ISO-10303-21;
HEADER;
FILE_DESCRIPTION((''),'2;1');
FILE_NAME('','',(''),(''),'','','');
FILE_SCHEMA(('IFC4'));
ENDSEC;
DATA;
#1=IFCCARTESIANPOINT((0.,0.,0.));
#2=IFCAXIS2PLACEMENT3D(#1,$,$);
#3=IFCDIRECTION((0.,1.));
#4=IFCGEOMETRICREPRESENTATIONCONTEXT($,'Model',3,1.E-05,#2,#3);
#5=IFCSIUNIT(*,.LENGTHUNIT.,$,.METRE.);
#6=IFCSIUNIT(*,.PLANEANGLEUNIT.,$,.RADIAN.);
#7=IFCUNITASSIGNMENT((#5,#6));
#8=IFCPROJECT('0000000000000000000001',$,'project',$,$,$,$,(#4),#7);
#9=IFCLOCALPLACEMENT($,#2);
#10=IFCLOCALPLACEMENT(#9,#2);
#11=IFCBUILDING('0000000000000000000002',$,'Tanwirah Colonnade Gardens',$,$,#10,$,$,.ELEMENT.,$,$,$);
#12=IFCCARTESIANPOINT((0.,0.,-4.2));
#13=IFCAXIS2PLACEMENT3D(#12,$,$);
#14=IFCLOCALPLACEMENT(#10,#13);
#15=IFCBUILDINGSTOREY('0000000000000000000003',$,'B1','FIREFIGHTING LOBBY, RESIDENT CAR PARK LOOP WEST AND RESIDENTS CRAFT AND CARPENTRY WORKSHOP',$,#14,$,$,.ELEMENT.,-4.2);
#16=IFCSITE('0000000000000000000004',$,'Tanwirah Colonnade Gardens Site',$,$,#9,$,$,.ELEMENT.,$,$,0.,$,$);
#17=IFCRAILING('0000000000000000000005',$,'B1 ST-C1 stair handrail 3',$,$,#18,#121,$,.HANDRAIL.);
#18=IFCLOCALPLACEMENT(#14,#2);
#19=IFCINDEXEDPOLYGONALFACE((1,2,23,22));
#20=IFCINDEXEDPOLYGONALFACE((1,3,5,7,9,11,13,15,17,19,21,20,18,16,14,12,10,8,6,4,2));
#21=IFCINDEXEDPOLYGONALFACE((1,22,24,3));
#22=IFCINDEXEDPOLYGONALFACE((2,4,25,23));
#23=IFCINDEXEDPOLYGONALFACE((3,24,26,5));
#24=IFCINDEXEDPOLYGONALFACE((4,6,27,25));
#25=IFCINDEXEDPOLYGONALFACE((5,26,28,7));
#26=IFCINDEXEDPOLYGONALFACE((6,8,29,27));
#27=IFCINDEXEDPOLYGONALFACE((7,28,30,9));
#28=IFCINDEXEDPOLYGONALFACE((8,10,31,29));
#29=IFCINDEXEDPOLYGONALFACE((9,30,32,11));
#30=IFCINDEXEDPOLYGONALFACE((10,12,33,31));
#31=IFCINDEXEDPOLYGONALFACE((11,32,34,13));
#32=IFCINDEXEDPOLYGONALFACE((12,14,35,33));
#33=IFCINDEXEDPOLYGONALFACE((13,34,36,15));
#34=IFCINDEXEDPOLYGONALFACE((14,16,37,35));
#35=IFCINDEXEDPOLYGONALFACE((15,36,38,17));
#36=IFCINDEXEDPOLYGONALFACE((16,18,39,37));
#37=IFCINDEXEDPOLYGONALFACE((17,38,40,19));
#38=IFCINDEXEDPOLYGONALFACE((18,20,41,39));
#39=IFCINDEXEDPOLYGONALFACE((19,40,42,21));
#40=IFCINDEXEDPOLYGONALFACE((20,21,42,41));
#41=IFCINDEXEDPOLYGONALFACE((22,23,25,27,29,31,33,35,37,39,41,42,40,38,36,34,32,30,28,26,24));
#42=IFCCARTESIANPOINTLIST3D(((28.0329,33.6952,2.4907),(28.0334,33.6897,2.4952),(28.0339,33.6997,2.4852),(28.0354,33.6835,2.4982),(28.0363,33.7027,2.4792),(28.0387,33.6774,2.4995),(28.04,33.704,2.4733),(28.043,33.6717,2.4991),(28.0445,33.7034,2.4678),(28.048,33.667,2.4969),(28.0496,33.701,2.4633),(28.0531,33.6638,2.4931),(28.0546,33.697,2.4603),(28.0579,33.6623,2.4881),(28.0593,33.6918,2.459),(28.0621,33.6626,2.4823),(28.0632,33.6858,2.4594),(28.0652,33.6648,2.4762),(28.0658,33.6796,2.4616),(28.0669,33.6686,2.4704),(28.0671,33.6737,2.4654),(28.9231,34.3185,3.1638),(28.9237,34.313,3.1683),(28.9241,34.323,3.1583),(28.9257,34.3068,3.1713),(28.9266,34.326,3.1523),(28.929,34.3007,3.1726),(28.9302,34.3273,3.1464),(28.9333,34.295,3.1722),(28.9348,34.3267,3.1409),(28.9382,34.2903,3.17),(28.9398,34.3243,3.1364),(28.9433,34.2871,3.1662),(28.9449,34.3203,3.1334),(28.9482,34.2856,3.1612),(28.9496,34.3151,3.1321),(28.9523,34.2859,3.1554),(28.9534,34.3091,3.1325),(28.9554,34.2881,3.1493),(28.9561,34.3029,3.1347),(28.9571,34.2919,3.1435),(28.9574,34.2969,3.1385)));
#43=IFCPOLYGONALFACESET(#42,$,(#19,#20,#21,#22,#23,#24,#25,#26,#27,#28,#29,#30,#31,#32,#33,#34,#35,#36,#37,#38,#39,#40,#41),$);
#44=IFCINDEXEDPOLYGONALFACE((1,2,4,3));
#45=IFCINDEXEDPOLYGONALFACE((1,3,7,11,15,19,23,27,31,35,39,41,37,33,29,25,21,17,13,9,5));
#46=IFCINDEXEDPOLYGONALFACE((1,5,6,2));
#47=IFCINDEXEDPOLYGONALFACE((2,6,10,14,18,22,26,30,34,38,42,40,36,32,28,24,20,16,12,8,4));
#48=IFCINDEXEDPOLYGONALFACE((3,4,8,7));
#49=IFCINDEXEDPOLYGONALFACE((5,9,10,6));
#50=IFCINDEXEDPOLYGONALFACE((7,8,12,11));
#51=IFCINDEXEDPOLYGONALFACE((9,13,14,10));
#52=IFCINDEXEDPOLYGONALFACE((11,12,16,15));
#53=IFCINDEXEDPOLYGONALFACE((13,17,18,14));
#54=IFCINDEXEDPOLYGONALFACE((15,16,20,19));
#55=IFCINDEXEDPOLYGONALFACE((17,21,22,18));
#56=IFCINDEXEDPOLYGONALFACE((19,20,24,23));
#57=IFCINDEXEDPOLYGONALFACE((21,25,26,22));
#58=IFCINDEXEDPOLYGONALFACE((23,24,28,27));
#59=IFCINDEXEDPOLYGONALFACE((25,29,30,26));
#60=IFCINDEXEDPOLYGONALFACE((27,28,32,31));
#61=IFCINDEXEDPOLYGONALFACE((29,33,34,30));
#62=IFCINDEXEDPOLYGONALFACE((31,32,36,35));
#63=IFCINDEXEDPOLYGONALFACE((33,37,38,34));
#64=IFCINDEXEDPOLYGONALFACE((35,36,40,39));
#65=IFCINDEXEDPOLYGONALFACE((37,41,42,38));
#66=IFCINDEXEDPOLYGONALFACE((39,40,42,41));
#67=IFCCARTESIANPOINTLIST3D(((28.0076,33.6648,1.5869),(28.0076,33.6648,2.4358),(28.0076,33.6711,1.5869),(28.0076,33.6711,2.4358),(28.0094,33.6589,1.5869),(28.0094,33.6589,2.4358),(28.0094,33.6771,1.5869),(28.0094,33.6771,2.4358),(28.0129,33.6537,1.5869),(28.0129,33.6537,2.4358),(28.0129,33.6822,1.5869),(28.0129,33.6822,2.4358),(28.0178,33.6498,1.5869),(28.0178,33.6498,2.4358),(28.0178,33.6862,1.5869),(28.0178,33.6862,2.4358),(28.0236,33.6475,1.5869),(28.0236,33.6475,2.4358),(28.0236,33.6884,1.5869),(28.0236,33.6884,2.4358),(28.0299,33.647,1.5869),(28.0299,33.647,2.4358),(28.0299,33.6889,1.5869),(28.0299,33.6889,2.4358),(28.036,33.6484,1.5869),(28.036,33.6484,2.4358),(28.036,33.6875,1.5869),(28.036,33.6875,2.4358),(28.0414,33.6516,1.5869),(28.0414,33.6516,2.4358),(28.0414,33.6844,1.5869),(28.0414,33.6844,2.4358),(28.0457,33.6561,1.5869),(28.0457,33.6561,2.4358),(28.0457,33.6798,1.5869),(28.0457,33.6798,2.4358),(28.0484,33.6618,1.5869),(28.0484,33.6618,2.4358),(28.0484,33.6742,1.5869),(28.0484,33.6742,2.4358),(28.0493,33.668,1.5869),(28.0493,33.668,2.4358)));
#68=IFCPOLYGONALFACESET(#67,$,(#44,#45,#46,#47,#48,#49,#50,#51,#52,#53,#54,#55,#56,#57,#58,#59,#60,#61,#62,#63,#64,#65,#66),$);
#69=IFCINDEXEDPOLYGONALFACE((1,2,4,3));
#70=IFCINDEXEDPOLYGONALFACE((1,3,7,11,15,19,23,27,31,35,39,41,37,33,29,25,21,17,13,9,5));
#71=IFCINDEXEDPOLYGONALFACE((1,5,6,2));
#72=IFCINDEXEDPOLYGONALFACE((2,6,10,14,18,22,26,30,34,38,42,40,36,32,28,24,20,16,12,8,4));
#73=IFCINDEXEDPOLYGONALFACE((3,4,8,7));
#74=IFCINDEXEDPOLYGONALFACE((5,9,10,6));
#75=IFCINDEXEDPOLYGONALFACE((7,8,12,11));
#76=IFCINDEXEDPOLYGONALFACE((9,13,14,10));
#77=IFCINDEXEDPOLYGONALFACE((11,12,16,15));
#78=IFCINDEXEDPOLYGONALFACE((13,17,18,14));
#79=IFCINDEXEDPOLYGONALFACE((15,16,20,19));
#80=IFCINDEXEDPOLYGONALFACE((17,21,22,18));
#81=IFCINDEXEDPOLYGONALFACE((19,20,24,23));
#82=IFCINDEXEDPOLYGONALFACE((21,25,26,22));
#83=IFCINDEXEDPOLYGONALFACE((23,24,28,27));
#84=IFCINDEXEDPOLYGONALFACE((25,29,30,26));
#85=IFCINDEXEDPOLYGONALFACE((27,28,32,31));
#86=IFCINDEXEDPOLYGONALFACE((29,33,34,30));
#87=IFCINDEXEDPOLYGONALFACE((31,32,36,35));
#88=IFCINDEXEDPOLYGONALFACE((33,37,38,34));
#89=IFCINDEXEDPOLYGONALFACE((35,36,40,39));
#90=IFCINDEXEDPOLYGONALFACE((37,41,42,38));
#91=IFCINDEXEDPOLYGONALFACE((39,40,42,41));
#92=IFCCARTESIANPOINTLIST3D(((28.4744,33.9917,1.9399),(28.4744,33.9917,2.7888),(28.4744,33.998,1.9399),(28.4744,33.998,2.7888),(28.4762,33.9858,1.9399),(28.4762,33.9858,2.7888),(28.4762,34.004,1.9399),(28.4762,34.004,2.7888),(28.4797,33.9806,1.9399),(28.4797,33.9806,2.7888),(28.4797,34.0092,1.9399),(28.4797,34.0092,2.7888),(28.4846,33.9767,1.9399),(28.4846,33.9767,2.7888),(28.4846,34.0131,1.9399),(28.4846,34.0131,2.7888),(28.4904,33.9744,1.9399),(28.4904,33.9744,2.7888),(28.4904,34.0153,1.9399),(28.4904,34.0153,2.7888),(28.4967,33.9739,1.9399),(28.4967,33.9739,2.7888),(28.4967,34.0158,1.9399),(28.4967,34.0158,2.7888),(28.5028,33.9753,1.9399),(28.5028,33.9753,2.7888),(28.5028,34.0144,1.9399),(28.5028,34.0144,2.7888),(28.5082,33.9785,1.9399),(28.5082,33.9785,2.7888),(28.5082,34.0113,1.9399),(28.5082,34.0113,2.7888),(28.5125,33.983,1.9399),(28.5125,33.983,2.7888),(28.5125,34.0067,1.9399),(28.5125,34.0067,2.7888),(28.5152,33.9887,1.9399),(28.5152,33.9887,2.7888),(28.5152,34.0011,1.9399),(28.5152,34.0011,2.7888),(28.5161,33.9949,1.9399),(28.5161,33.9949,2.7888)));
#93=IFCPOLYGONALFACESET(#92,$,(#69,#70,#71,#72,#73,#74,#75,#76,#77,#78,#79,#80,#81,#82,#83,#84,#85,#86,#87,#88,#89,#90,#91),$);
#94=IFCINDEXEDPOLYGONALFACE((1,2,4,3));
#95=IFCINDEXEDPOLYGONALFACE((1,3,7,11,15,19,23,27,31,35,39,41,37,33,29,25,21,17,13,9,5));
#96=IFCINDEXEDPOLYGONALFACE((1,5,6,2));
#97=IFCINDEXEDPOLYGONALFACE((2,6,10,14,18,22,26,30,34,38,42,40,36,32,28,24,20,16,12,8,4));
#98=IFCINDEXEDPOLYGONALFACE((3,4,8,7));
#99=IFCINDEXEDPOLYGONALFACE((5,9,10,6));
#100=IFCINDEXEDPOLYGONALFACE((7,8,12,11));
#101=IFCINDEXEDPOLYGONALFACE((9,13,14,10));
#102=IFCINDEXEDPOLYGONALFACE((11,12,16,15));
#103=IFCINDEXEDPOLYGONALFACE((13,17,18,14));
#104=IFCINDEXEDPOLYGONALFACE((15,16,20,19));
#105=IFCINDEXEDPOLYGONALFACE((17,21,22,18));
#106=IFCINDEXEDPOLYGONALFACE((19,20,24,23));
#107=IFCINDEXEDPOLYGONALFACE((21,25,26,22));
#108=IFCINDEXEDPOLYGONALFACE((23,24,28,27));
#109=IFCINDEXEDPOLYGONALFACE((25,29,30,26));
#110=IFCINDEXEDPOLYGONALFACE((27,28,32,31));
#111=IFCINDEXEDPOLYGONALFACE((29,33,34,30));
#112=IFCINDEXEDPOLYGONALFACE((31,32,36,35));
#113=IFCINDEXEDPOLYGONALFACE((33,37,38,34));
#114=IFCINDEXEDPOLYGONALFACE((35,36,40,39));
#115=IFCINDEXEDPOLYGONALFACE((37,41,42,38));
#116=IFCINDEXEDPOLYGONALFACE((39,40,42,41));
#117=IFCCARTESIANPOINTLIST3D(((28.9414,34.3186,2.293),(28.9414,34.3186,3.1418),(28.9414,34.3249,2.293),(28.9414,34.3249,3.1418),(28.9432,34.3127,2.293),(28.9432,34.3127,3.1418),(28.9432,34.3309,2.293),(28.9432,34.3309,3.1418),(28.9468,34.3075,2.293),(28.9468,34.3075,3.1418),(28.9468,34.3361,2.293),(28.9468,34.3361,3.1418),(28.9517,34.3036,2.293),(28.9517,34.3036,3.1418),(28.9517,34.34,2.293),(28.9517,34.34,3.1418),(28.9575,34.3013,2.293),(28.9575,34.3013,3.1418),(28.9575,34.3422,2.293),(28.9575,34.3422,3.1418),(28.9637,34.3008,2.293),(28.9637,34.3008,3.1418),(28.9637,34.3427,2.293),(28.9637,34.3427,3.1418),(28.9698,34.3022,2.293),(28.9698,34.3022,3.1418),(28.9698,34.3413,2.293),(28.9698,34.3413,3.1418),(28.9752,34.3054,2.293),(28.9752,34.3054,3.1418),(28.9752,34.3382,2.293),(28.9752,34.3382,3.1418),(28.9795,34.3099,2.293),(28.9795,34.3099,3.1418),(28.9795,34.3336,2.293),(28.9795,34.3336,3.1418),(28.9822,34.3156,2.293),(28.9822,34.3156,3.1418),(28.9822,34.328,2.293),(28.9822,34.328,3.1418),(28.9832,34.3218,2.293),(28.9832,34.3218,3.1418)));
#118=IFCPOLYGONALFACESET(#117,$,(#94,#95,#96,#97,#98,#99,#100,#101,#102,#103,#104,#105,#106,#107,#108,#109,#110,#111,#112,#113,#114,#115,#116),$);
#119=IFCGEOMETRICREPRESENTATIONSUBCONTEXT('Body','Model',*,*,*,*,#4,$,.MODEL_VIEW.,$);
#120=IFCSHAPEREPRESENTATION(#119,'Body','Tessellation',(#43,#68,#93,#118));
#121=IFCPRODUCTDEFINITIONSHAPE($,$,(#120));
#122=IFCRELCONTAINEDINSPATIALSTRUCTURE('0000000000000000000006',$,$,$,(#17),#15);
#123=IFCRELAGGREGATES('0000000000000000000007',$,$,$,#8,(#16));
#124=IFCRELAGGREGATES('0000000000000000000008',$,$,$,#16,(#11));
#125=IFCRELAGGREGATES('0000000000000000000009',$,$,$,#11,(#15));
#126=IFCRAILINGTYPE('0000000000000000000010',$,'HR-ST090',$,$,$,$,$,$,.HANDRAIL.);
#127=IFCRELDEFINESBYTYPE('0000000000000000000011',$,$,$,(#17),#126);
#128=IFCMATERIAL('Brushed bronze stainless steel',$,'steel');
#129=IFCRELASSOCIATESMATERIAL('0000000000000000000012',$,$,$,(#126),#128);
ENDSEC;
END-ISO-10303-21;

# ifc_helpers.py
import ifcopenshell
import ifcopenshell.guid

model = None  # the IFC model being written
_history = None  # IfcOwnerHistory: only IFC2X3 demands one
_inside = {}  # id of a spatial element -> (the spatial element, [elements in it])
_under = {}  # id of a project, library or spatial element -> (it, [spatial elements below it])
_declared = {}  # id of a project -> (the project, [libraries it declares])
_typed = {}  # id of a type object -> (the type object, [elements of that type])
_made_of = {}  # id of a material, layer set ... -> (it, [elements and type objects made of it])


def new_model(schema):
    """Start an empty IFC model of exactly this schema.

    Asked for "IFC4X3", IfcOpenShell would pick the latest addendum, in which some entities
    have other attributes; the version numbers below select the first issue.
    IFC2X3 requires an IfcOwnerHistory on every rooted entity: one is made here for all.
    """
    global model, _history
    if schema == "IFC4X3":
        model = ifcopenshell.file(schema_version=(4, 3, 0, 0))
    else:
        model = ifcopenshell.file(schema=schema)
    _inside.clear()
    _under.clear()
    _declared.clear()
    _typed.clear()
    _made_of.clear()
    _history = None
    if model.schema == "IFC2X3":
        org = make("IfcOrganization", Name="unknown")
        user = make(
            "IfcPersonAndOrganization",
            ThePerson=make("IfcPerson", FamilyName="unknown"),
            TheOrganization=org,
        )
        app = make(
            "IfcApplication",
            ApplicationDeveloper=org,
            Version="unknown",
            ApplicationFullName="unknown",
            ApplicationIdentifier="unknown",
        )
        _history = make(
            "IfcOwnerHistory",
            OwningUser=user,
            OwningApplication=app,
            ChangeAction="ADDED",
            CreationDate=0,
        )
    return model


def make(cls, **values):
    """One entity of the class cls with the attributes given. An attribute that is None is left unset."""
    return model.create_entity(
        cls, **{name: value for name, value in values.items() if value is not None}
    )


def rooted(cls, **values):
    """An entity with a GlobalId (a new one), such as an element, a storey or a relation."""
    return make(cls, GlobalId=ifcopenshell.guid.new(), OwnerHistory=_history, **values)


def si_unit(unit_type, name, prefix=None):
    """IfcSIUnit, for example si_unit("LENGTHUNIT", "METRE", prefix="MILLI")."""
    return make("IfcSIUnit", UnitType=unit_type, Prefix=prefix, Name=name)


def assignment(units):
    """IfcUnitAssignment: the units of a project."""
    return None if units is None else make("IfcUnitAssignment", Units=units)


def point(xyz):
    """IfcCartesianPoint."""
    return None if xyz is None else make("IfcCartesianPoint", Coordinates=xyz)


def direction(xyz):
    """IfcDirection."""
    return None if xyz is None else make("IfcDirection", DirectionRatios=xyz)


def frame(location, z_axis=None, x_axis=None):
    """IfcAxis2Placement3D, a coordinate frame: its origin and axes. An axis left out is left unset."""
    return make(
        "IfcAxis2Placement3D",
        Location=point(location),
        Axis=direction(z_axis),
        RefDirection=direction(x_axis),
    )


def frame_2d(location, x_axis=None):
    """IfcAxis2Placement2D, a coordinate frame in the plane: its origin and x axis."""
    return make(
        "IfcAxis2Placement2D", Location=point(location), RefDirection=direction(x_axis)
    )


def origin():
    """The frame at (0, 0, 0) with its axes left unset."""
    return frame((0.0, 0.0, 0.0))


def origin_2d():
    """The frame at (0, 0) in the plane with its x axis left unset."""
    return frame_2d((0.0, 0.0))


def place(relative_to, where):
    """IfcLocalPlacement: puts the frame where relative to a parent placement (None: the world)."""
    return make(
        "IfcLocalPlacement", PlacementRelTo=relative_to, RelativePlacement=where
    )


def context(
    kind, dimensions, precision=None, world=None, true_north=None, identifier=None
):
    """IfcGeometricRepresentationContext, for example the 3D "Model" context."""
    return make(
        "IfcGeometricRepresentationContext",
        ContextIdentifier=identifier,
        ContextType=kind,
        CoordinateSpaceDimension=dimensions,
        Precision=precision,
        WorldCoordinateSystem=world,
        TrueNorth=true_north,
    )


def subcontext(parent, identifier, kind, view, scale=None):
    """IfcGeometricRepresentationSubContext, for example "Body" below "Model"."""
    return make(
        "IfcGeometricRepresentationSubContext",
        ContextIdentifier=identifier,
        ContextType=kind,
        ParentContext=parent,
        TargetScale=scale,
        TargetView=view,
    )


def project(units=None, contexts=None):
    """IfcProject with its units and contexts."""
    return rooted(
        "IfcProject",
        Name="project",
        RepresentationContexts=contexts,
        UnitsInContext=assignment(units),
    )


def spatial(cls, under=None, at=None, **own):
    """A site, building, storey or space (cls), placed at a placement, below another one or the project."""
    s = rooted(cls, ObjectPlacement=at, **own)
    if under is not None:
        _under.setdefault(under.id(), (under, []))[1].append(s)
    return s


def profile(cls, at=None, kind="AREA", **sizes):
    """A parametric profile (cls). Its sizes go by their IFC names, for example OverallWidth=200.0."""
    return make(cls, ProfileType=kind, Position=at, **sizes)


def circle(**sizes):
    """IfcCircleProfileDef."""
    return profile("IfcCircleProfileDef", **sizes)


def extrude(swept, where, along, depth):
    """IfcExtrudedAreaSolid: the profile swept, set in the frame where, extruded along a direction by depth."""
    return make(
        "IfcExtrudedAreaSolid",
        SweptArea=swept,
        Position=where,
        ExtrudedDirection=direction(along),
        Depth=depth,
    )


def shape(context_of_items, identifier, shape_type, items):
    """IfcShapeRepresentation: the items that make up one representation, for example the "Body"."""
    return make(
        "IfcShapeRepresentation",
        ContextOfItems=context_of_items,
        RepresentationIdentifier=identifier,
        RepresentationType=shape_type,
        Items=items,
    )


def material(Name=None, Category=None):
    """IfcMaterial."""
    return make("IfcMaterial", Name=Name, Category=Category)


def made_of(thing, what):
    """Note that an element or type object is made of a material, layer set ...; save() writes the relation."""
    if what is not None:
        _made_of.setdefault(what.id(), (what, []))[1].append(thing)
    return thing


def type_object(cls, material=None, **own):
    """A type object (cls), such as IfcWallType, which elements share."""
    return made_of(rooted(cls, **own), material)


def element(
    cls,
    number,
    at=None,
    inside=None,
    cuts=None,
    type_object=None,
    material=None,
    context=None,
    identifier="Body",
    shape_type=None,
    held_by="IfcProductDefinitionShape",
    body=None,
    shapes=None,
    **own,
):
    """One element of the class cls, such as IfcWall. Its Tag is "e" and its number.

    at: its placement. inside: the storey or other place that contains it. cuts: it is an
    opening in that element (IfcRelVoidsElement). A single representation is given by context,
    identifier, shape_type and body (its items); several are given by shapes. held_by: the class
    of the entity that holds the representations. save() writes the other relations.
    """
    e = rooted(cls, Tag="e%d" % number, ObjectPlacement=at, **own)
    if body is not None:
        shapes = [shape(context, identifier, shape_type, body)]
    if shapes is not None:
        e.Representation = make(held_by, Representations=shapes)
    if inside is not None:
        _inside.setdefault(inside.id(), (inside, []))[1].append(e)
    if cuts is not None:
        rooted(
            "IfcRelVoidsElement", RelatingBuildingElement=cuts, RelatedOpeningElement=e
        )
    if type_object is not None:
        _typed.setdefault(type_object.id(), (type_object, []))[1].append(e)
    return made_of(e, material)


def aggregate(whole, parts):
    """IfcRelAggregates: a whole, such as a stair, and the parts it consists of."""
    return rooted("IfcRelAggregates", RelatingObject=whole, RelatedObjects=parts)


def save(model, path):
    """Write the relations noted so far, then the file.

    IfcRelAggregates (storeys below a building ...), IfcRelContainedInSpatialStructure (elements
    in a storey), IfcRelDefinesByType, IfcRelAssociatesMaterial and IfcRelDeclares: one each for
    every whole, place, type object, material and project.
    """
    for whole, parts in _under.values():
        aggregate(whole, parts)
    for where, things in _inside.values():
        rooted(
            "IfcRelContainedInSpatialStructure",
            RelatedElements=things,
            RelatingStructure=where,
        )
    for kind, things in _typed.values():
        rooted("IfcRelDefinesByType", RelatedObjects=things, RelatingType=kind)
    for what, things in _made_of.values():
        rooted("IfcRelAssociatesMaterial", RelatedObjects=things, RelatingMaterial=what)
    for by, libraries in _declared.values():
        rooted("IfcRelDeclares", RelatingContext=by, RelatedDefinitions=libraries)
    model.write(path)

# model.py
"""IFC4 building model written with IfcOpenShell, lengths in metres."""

from ifc_helpers import new_model, si_unit, direction, frame, origin, origin_2d, place, context, subcontext, project, spatial, circle, extrude, material, type_object, element, save


model = new_model("IFC4")

# Units and contexts
model_context = context("Model", 3, precision=1e-05, world=origin(), true_north=direction((0.0, 1.0)))
body_context = subcontext(model_context, "Body", "Model", "MODEL_VIEW")
ifc_project = project(units=[si_unit("LENGTHUNIT", "METRE"), si_unit("PLANEANGLEUNIT", "RADIAN")], contexts=[model_context])

# Site, building, storey
site_placement = place(None, origin())
site = spatial("IfcSite", under=ifc_project, at=site_placement, Name="Tanwirah Colonnade Gardens Site", CompositionType="ELEMENT", RefElevation=0.0)
building_placement = place(site_placement, origin())
building = spatial("IfcBuilding", under=site, at=building_placement, Name="Tanwirah Colonnade Gardens", CompositionType="ELEMENT")
storey_placement = place(building_placement, frame((0.0, 0.0, -4.2)))
storey = spatial("IfcBuildingStorey", under=building, at=storey_placement, Name="B1", Description="FIREFIGHTING LOBBY, RESIDENT CAR PARK LOOP WEST AND RESIDENTS CRAFT AND CARPENTRY WORKSHOP", CompositionType="ELEMENT", Elevation=-4.2)

# Railing
ifc_material_1 = material(Name="Brushed bronze stainless steel", Category="steel")
railing_type = type_object("IfcRailingType", Name="HR-ST090", PredefinedType="HANDRAIL", material=ifc_material_1)
railing_placement = place(storey_placement, frame((28.0283, 33.668, 1.5869)))
element("IfcRailing", 1, at=railing_placement, inside=storey, type_object=railing_type, Name="B1 ST-C1 stair handrail 3", PredefinedType="HANDRAIL", context=body_context, shape_type="SweptSolid", body=[
    extrude(circle(Radius=0.0239, at=origin_2d()), frame((0.0217, 0.0151, 0.8923), z_axis=(0.696422, 0.487587, 0.52655), x_axis=(-0.573534, 0.819182, 0.0)), (0.0, 0.0, 1.0), 1.2783),
    extrude(circle(Radius=0.021, at=origin_2d()), origin(), (0.0, 0.0, 1.0), 0.8489),
    extrude(circle(Radius=0.021, at=origin_2d()), frame((0.4668, 0.3269, 0.353)), (0.0, 0.0, 1.0), 0.8489),
    extrude(circle(Radius=0.021, at=origin_2d()), frame((0.9338, 0.6538, 0.7061)), (0.0, 0.0, 1.0), 0.8489),
])

save(model, "model.ifc")
